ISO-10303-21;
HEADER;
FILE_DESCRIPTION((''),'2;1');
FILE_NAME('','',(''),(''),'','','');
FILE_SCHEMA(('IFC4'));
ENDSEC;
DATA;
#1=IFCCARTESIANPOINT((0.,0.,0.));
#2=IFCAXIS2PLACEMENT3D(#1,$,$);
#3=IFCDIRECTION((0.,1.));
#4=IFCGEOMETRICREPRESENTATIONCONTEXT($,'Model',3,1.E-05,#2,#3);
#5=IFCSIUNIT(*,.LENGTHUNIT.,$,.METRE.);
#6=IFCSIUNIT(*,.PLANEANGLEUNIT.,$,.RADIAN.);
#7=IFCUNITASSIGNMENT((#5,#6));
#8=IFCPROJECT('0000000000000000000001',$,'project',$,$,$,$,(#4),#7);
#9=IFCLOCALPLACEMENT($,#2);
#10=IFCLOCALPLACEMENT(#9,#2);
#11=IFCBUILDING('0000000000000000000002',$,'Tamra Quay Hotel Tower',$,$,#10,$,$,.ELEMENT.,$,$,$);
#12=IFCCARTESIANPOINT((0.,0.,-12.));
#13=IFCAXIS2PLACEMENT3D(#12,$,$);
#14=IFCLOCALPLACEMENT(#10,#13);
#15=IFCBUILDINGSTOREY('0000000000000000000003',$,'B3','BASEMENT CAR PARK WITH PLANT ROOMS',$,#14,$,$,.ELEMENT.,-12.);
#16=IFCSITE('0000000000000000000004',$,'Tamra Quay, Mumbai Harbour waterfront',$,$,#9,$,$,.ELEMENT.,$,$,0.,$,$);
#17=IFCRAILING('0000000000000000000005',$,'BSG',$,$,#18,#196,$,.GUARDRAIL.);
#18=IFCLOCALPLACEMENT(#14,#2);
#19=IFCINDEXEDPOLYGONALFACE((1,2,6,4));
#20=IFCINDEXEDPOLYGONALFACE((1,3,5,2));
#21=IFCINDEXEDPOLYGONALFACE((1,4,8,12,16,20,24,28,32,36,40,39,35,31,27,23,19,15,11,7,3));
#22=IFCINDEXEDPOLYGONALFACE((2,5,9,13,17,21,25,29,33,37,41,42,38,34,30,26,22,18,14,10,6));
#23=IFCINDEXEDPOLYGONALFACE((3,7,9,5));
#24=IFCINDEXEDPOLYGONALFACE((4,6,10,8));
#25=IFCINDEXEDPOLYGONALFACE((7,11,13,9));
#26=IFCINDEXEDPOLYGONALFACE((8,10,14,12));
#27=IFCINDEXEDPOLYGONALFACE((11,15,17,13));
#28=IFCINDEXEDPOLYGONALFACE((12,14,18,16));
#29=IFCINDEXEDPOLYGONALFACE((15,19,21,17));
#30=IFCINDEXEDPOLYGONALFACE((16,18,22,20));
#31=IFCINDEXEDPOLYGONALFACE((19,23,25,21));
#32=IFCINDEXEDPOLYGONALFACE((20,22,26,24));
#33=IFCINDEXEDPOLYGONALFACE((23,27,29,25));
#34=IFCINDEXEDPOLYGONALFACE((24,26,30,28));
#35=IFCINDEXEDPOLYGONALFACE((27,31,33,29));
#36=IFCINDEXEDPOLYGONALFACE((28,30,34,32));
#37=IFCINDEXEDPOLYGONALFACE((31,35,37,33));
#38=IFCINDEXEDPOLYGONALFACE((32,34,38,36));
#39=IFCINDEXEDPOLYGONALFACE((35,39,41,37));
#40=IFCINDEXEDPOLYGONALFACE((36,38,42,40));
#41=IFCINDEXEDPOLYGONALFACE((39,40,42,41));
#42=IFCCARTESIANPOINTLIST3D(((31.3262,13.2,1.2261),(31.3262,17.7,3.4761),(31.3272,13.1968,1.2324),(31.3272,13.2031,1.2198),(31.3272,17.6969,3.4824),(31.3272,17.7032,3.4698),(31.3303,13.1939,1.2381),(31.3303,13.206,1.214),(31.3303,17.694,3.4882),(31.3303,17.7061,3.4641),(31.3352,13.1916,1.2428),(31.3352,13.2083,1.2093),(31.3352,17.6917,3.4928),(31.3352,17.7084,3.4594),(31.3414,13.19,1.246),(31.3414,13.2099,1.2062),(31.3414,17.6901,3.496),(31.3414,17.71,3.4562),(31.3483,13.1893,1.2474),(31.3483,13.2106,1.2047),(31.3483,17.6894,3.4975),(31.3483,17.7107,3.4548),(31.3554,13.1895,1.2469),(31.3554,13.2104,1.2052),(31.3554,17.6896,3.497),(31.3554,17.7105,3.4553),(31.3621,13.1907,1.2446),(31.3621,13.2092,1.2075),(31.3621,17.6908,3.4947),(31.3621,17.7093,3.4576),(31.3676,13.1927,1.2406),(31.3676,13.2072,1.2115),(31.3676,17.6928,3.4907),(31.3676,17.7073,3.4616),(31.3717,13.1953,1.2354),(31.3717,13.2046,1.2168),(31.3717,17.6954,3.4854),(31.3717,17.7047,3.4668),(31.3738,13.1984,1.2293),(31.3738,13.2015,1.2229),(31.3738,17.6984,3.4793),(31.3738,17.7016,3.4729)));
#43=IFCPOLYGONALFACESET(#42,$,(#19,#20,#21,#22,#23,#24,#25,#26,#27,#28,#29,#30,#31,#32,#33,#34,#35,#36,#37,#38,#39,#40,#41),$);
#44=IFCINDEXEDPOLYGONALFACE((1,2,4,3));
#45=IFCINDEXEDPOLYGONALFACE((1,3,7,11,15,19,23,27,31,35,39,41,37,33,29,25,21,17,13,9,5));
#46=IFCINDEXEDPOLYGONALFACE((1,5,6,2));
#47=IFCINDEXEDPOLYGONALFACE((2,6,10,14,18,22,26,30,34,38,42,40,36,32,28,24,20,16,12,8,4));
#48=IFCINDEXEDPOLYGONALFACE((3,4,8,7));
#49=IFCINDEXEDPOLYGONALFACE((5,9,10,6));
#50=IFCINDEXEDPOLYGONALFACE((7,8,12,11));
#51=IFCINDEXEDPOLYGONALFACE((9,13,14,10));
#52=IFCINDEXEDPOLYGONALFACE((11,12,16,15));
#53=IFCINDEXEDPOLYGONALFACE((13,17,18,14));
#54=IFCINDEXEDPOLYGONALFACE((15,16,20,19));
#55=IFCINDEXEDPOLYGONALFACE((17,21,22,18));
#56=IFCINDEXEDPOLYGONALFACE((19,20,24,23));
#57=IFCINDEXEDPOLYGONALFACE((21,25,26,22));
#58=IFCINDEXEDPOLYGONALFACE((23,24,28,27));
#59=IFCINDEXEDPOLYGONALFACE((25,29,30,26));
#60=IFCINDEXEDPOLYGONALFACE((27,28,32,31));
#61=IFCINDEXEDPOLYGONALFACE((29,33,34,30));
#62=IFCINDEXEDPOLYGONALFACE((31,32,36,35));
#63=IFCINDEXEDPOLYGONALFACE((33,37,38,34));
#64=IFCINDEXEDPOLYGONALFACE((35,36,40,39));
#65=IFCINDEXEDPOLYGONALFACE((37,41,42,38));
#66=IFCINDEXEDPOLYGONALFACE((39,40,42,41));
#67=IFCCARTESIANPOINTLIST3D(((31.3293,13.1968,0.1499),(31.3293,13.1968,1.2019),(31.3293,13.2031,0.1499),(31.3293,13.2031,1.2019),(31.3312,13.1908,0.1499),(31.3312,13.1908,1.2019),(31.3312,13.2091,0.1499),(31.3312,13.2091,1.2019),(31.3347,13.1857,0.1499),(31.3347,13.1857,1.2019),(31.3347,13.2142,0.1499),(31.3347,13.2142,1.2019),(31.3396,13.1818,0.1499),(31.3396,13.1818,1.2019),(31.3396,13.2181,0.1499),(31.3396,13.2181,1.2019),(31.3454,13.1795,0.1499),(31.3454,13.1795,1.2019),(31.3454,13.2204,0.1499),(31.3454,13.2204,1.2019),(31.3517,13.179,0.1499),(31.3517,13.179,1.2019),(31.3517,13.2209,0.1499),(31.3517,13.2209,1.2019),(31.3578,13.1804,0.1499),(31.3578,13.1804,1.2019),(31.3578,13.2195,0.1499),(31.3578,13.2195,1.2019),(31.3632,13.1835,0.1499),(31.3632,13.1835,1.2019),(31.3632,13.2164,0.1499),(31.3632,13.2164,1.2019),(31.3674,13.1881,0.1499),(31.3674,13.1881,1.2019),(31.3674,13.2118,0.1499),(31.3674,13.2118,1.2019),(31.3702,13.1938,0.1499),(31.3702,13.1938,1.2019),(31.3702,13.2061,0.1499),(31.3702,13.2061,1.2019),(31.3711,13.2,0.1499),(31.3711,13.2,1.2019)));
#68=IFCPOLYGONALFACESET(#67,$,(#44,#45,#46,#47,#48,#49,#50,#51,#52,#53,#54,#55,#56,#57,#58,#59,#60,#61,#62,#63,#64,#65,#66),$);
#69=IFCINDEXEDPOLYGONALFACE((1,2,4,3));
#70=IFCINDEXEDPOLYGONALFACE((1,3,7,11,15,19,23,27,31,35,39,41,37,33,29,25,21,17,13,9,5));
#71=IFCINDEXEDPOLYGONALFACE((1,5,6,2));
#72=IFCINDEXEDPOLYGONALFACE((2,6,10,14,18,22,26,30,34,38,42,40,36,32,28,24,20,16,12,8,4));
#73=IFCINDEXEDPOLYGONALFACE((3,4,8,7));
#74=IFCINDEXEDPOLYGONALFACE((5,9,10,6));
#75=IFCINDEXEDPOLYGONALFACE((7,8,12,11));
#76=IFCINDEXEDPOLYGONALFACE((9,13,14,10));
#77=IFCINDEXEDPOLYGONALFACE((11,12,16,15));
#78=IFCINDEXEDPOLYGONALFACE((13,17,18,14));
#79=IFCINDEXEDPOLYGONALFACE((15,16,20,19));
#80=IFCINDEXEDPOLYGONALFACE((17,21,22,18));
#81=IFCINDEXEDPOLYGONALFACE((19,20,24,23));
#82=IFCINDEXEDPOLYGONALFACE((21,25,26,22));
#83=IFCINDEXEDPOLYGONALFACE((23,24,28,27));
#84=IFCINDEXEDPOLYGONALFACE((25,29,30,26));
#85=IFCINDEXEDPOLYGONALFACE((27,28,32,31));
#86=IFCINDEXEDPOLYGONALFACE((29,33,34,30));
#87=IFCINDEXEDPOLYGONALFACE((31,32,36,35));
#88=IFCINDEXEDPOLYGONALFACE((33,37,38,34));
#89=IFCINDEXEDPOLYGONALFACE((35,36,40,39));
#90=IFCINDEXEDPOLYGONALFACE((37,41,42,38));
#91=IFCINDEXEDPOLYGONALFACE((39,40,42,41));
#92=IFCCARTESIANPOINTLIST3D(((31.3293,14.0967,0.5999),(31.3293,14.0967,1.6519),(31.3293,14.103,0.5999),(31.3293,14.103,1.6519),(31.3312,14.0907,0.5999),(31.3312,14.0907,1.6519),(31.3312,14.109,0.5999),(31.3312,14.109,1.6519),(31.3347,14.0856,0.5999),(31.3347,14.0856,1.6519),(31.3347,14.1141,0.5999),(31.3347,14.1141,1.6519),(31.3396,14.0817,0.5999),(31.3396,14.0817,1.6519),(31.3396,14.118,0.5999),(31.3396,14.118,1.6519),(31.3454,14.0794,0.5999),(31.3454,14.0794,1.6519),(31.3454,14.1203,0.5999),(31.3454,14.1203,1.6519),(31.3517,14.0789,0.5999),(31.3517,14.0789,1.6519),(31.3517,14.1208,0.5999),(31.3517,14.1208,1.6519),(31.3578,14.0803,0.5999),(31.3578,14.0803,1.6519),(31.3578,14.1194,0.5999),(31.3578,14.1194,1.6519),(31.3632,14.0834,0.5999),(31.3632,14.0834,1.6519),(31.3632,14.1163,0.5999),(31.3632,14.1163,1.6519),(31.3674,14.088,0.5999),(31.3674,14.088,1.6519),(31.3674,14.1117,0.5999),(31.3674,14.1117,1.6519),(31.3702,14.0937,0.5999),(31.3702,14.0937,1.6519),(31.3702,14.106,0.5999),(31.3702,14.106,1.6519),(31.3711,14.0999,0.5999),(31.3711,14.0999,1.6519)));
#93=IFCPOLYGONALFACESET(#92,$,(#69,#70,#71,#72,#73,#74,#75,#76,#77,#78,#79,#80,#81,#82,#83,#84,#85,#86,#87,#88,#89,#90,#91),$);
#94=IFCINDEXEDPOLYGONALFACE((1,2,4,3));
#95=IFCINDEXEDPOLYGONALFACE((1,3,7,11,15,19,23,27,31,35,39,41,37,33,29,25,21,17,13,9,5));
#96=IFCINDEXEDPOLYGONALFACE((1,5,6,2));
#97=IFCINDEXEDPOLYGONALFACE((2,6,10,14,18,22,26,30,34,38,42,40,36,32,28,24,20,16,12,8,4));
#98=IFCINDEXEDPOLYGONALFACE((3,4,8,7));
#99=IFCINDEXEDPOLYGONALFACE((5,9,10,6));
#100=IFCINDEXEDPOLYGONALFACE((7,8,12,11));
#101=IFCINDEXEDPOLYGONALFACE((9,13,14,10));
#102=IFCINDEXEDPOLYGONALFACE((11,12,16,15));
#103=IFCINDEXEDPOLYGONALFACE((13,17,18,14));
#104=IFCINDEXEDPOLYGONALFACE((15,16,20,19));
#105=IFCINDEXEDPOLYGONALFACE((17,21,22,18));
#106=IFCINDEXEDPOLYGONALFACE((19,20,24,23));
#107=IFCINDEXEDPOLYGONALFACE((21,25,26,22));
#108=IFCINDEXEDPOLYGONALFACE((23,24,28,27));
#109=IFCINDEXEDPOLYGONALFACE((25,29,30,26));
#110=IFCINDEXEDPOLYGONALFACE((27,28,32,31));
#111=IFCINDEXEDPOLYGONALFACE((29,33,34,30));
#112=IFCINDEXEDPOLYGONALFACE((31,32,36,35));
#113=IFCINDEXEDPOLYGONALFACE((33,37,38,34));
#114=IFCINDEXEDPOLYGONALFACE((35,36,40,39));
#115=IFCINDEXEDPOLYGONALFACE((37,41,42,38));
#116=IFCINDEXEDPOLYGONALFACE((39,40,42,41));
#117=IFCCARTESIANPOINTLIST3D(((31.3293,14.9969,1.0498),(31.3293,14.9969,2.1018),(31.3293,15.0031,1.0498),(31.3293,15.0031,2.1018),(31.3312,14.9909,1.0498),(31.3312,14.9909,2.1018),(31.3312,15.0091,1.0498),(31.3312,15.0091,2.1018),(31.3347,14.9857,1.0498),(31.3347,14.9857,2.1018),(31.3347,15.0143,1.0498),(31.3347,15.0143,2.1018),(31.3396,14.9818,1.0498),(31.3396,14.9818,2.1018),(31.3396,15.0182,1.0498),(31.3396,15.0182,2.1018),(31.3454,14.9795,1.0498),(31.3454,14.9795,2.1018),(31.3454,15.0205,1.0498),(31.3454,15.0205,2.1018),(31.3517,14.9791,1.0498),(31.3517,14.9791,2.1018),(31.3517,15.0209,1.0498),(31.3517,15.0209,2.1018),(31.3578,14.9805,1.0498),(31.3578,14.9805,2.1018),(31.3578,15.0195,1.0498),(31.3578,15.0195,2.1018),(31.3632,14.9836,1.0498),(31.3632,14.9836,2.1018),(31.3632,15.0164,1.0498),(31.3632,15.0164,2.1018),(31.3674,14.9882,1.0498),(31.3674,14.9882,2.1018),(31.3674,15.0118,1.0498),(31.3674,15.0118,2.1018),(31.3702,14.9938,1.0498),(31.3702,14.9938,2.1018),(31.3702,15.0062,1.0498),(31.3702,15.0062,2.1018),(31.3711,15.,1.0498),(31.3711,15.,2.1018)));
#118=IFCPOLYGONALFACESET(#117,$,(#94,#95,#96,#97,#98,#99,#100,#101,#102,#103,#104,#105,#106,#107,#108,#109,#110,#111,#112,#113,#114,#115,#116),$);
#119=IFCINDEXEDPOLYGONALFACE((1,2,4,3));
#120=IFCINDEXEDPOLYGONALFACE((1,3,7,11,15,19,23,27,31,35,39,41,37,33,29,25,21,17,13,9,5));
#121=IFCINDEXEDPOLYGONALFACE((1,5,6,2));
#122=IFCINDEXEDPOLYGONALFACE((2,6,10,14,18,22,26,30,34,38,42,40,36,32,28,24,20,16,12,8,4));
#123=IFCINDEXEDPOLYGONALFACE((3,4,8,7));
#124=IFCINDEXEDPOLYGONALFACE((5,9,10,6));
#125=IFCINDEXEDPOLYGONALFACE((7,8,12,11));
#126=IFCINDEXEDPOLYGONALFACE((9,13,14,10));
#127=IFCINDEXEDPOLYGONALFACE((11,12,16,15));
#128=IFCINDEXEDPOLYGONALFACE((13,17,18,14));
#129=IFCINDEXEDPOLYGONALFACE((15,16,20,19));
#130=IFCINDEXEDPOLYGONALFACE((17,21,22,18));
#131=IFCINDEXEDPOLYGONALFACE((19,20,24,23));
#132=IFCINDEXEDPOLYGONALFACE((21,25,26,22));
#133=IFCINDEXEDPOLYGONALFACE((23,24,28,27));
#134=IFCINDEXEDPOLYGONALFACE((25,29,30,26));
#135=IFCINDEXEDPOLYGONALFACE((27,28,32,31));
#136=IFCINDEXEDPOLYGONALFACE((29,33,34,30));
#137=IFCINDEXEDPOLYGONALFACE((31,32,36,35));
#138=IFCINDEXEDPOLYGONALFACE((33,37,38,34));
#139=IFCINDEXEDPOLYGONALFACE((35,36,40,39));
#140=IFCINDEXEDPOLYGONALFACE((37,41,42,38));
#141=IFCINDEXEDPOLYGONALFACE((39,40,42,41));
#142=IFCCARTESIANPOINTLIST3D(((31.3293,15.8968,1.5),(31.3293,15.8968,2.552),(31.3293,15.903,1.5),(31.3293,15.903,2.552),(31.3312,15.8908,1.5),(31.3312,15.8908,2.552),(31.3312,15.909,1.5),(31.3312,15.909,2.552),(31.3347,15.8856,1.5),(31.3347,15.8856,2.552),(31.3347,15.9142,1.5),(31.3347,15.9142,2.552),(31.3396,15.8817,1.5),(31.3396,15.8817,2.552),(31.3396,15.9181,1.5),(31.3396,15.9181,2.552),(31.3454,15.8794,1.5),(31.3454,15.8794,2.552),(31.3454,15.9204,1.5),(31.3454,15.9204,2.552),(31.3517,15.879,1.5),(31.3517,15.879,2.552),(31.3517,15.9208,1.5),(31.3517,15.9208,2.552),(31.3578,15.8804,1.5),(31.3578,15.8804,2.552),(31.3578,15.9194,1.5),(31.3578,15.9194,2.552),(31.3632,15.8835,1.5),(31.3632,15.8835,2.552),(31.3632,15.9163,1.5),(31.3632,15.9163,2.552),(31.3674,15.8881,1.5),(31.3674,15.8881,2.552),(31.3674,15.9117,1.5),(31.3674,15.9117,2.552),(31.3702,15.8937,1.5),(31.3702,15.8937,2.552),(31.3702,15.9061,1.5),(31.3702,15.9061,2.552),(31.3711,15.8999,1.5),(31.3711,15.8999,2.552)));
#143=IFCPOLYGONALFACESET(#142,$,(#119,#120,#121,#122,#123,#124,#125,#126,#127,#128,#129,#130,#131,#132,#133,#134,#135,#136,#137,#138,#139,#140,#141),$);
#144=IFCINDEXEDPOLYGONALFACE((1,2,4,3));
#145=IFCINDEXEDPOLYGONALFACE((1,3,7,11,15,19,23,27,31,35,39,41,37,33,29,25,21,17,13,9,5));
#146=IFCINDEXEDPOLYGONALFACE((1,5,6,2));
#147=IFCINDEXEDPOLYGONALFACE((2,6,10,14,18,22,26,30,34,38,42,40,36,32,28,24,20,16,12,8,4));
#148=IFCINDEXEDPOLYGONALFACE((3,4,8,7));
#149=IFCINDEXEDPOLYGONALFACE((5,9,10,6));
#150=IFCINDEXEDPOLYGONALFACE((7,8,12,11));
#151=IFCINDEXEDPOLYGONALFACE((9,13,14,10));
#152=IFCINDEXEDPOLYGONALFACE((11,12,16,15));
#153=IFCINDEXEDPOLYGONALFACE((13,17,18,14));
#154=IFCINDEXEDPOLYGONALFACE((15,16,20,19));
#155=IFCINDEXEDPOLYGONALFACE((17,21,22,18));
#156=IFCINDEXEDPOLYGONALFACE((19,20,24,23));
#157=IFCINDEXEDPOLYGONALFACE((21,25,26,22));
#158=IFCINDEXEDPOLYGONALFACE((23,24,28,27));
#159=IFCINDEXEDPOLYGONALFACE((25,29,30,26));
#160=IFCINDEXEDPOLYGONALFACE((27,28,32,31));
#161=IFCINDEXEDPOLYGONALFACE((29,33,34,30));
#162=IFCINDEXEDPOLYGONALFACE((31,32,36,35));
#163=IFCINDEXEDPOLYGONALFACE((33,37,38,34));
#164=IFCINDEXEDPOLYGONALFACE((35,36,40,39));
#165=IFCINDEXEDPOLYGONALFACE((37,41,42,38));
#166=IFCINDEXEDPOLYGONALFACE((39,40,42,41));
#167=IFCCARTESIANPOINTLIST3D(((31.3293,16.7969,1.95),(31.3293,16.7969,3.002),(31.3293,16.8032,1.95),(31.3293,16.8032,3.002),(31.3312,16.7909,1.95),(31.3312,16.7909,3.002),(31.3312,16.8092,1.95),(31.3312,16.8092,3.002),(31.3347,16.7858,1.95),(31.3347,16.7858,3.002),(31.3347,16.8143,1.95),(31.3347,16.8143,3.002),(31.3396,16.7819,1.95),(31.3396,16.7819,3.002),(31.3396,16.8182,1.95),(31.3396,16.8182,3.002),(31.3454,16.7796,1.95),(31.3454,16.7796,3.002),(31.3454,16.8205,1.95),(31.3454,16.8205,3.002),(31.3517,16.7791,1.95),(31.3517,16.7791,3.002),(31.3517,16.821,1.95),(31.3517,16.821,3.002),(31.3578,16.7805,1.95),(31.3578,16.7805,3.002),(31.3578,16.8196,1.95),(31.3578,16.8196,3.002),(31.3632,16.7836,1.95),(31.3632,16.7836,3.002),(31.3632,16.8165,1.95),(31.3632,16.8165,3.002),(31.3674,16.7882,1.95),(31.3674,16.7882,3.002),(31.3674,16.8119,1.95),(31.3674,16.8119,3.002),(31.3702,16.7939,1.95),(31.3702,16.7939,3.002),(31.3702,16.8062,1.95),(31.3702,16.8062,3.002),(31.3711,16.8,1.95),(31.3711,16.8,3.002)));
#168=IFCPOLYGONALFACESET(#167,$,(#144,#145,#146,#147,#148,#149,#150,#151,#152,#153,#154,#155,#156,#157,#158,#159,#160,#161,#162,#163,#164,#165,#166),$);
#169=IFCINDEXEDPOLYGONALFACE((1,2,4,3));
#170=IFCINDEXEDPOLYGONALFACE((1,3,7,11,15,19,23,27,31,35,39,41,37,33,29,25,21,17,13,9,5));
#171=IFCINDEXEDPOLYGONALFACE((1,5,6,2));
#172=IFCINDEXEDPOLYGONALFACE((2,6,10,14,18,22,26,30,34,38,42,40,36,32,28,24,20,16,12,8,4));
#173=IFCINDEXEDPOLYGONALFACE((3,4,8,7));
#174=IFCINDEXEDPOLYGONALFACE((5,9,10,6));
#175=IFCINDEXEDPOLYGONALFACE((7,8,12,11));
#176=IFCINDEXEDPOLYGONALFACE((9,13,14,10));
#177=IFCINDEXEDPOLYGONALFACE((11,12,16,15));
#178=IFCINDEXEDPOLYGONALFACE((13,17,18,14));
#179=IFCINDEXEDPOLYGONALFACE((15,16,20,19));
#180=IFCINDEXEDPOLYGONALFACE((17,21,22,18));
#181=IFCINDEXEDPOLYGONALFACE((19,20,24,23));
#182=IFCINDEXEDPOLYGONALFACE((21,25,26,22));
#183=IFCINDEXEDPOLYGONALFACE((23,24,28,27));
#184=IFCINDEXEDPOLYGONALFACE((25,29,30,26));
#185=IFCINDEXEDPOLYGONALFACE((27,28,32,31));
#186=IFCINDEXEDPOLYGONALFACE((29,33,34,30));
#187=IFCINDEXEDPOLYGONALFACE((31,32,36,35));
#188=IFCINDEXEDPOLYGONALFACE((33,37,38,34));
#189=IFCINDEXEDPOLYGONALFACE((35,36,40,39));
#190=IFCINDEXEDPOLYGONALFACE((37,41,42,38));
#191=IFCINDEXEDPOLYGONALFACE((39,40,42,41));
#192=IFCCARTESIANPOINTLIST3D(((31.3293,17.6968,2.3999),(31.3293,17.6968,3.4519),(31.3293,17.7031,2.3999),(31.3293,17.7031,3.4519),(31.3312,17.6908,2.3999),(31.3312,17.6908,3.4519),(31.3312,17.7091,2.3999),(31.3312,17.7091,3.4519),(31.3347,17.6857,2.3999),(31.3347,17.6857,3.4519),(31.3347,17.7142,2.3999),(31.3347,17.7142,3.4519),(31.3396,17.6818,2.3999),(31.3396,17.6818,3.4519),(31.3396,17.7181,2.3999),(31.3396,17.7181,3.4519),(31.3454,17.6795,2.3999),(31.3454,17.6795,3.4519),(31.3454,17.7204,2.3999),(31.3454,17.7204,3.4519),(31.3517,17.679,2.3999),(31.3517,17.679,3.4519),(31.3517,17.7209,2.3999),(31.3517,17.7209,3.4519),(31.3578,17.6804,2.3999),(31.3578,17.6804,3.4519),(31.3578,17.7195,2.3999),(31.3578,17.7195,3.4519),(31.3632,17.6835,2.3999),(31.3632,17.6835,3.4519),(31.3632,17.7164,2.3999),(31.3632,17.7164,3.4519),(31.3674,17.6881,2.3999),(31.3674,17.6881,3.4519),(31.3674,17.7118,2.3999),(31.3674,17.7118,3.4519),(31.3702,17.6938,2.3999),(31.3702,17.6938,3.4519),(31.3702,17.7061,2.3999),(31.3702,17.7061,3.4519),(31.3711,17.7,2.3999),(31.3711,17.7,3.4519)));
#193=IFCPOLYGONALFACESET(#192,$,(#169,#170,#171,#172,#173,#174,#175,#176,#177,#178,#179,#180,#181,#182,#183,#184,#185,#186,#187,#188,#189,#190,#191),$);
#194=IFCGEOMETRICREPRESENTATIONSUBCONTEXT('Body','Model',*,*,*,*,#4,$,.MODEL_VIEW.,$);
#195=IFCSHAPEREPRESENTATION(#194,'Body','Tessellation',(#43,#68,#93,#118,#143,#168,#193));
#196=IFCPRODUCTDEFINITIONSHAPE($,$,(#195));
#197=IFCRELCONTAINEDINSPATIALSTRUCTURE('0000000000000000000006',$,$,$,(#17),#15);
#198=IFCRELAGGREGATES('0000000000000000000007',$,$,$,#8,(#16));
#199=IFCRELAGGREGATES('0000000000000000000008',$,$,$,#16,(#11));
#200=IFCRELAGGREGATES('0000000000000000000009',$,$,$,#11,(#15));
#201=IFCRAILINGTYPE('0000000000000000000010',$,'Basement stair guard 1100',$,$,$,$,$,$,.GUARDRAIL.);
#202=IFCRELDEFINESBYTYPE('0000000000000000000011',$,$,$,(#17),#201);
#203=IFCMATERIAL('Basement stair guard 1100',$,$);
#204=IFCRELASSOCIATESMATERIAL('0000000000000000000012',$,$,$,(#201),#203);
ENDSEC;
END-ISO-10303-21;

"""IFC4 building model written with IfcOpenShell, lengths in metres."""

from ifc_helpers import new_model, si_unit, direction, frame, origin, origin_2d, place, context, subcontext, project, spatial, circle, extrude, material, type_object, element, save


model = new_model("IFC4")

# Units and contexts
model_context = context("Model", 3, precision=1e-05, world=origin(), true_north=direction((0.0, 1.0)))
body_context = subcontext(model_context, "Body", "Model", "MODEL_VIEW")
ifc_project = project(units=[si_unit("LENGTHUNIT", "METRE"), si_unit("PLANEANGLEUNIT", "RADIAN")], contexts=[model_context])

# Site, building, storey
site_placement = place(None, origin())
site = spatial("IfcSite", under=ifc_project, at=site_placement, Name="Tamra Quay, Mumbai Harbour waterfront", CompositionType="ELEMENT", RefElevation=0.0)
building_placement = place(site_placement, origin())
building = spatial("IfcBuilding", under=site, at=building_placement, Name="Tamra Quay Hotel Tower", CompositionType="ELEMENT")
storey_placement = place(building_placement, frame((0.0, 0.0, -12.0)))
storey = spatial("IfcBuildingStorey", under=building, at=storey_placement, Name="B3", Description="BASEMENT CAR PARK WITH PLANT ROOMS", CompositionType="ELEMENT", Elevation=-12.0)

# Railing
ifc_material_1 = material(Name="Basement stair guard 1100")
railing_type_1 = type_object("IfcRailingType", Name="Basement stair guard 1100", PredefinedType="GUARDRAIL", material=ifc_material_1)
railing_1_placement = place(storey_placement, frame((31.3501, 13.2, 0.1499)))
element("IfcRailing", 1, at=railing_1_placement, inside=storey, type_object=railing_type_1, Name="BSG", PredefinedType="GUARDRAIL", context=body_context, shape_type="SweptSolid", body=[
    extrude(circle(Radius=0.0239, at=origin_2d()), frame((0.0, 0.0, 1.0762), z_axis=(0.0, 0.894427, 0.447214), x_axis=(-1.0, 0.0, 0.0)), (0.0, 0.0, 1.0), 5.0312),
    extrude(circle(Radius=0.021, at=origin_2d()), origin(), (0.0, 0.0, 1.0), 1.052),
    extrude(circle(Radius=0.021, at=origin_2d()), frame((0.0, 0.8999, 0.45)), (0.0, 0.0, 1.0), 1.052),
    extrude(circle(Radius=0.021, at=origin_2d()), frame((0.0, 1.8, 0.8999)), (0.0, 0.0, 1.0), 1.052),
    extrude(circle(Radius=0.021, at=origin_2d()), frame((0.0, 2.7, 1.3501)), (0.0, 0.0, 1.0), 1.052),
    extrude(circle(Radius=0.021, at=origin_2d()), frame((0.0, 3.6001, 1.8)), (0.0, 0.0, 1.0), 1.052),
    extrude(circle(Radius=0.021, at=origin_2d()), frame((0.0, 4.5, 2.25)), (0.0, 0.0, 1.0), 1.052),
])

save(model, "model.ifc")
